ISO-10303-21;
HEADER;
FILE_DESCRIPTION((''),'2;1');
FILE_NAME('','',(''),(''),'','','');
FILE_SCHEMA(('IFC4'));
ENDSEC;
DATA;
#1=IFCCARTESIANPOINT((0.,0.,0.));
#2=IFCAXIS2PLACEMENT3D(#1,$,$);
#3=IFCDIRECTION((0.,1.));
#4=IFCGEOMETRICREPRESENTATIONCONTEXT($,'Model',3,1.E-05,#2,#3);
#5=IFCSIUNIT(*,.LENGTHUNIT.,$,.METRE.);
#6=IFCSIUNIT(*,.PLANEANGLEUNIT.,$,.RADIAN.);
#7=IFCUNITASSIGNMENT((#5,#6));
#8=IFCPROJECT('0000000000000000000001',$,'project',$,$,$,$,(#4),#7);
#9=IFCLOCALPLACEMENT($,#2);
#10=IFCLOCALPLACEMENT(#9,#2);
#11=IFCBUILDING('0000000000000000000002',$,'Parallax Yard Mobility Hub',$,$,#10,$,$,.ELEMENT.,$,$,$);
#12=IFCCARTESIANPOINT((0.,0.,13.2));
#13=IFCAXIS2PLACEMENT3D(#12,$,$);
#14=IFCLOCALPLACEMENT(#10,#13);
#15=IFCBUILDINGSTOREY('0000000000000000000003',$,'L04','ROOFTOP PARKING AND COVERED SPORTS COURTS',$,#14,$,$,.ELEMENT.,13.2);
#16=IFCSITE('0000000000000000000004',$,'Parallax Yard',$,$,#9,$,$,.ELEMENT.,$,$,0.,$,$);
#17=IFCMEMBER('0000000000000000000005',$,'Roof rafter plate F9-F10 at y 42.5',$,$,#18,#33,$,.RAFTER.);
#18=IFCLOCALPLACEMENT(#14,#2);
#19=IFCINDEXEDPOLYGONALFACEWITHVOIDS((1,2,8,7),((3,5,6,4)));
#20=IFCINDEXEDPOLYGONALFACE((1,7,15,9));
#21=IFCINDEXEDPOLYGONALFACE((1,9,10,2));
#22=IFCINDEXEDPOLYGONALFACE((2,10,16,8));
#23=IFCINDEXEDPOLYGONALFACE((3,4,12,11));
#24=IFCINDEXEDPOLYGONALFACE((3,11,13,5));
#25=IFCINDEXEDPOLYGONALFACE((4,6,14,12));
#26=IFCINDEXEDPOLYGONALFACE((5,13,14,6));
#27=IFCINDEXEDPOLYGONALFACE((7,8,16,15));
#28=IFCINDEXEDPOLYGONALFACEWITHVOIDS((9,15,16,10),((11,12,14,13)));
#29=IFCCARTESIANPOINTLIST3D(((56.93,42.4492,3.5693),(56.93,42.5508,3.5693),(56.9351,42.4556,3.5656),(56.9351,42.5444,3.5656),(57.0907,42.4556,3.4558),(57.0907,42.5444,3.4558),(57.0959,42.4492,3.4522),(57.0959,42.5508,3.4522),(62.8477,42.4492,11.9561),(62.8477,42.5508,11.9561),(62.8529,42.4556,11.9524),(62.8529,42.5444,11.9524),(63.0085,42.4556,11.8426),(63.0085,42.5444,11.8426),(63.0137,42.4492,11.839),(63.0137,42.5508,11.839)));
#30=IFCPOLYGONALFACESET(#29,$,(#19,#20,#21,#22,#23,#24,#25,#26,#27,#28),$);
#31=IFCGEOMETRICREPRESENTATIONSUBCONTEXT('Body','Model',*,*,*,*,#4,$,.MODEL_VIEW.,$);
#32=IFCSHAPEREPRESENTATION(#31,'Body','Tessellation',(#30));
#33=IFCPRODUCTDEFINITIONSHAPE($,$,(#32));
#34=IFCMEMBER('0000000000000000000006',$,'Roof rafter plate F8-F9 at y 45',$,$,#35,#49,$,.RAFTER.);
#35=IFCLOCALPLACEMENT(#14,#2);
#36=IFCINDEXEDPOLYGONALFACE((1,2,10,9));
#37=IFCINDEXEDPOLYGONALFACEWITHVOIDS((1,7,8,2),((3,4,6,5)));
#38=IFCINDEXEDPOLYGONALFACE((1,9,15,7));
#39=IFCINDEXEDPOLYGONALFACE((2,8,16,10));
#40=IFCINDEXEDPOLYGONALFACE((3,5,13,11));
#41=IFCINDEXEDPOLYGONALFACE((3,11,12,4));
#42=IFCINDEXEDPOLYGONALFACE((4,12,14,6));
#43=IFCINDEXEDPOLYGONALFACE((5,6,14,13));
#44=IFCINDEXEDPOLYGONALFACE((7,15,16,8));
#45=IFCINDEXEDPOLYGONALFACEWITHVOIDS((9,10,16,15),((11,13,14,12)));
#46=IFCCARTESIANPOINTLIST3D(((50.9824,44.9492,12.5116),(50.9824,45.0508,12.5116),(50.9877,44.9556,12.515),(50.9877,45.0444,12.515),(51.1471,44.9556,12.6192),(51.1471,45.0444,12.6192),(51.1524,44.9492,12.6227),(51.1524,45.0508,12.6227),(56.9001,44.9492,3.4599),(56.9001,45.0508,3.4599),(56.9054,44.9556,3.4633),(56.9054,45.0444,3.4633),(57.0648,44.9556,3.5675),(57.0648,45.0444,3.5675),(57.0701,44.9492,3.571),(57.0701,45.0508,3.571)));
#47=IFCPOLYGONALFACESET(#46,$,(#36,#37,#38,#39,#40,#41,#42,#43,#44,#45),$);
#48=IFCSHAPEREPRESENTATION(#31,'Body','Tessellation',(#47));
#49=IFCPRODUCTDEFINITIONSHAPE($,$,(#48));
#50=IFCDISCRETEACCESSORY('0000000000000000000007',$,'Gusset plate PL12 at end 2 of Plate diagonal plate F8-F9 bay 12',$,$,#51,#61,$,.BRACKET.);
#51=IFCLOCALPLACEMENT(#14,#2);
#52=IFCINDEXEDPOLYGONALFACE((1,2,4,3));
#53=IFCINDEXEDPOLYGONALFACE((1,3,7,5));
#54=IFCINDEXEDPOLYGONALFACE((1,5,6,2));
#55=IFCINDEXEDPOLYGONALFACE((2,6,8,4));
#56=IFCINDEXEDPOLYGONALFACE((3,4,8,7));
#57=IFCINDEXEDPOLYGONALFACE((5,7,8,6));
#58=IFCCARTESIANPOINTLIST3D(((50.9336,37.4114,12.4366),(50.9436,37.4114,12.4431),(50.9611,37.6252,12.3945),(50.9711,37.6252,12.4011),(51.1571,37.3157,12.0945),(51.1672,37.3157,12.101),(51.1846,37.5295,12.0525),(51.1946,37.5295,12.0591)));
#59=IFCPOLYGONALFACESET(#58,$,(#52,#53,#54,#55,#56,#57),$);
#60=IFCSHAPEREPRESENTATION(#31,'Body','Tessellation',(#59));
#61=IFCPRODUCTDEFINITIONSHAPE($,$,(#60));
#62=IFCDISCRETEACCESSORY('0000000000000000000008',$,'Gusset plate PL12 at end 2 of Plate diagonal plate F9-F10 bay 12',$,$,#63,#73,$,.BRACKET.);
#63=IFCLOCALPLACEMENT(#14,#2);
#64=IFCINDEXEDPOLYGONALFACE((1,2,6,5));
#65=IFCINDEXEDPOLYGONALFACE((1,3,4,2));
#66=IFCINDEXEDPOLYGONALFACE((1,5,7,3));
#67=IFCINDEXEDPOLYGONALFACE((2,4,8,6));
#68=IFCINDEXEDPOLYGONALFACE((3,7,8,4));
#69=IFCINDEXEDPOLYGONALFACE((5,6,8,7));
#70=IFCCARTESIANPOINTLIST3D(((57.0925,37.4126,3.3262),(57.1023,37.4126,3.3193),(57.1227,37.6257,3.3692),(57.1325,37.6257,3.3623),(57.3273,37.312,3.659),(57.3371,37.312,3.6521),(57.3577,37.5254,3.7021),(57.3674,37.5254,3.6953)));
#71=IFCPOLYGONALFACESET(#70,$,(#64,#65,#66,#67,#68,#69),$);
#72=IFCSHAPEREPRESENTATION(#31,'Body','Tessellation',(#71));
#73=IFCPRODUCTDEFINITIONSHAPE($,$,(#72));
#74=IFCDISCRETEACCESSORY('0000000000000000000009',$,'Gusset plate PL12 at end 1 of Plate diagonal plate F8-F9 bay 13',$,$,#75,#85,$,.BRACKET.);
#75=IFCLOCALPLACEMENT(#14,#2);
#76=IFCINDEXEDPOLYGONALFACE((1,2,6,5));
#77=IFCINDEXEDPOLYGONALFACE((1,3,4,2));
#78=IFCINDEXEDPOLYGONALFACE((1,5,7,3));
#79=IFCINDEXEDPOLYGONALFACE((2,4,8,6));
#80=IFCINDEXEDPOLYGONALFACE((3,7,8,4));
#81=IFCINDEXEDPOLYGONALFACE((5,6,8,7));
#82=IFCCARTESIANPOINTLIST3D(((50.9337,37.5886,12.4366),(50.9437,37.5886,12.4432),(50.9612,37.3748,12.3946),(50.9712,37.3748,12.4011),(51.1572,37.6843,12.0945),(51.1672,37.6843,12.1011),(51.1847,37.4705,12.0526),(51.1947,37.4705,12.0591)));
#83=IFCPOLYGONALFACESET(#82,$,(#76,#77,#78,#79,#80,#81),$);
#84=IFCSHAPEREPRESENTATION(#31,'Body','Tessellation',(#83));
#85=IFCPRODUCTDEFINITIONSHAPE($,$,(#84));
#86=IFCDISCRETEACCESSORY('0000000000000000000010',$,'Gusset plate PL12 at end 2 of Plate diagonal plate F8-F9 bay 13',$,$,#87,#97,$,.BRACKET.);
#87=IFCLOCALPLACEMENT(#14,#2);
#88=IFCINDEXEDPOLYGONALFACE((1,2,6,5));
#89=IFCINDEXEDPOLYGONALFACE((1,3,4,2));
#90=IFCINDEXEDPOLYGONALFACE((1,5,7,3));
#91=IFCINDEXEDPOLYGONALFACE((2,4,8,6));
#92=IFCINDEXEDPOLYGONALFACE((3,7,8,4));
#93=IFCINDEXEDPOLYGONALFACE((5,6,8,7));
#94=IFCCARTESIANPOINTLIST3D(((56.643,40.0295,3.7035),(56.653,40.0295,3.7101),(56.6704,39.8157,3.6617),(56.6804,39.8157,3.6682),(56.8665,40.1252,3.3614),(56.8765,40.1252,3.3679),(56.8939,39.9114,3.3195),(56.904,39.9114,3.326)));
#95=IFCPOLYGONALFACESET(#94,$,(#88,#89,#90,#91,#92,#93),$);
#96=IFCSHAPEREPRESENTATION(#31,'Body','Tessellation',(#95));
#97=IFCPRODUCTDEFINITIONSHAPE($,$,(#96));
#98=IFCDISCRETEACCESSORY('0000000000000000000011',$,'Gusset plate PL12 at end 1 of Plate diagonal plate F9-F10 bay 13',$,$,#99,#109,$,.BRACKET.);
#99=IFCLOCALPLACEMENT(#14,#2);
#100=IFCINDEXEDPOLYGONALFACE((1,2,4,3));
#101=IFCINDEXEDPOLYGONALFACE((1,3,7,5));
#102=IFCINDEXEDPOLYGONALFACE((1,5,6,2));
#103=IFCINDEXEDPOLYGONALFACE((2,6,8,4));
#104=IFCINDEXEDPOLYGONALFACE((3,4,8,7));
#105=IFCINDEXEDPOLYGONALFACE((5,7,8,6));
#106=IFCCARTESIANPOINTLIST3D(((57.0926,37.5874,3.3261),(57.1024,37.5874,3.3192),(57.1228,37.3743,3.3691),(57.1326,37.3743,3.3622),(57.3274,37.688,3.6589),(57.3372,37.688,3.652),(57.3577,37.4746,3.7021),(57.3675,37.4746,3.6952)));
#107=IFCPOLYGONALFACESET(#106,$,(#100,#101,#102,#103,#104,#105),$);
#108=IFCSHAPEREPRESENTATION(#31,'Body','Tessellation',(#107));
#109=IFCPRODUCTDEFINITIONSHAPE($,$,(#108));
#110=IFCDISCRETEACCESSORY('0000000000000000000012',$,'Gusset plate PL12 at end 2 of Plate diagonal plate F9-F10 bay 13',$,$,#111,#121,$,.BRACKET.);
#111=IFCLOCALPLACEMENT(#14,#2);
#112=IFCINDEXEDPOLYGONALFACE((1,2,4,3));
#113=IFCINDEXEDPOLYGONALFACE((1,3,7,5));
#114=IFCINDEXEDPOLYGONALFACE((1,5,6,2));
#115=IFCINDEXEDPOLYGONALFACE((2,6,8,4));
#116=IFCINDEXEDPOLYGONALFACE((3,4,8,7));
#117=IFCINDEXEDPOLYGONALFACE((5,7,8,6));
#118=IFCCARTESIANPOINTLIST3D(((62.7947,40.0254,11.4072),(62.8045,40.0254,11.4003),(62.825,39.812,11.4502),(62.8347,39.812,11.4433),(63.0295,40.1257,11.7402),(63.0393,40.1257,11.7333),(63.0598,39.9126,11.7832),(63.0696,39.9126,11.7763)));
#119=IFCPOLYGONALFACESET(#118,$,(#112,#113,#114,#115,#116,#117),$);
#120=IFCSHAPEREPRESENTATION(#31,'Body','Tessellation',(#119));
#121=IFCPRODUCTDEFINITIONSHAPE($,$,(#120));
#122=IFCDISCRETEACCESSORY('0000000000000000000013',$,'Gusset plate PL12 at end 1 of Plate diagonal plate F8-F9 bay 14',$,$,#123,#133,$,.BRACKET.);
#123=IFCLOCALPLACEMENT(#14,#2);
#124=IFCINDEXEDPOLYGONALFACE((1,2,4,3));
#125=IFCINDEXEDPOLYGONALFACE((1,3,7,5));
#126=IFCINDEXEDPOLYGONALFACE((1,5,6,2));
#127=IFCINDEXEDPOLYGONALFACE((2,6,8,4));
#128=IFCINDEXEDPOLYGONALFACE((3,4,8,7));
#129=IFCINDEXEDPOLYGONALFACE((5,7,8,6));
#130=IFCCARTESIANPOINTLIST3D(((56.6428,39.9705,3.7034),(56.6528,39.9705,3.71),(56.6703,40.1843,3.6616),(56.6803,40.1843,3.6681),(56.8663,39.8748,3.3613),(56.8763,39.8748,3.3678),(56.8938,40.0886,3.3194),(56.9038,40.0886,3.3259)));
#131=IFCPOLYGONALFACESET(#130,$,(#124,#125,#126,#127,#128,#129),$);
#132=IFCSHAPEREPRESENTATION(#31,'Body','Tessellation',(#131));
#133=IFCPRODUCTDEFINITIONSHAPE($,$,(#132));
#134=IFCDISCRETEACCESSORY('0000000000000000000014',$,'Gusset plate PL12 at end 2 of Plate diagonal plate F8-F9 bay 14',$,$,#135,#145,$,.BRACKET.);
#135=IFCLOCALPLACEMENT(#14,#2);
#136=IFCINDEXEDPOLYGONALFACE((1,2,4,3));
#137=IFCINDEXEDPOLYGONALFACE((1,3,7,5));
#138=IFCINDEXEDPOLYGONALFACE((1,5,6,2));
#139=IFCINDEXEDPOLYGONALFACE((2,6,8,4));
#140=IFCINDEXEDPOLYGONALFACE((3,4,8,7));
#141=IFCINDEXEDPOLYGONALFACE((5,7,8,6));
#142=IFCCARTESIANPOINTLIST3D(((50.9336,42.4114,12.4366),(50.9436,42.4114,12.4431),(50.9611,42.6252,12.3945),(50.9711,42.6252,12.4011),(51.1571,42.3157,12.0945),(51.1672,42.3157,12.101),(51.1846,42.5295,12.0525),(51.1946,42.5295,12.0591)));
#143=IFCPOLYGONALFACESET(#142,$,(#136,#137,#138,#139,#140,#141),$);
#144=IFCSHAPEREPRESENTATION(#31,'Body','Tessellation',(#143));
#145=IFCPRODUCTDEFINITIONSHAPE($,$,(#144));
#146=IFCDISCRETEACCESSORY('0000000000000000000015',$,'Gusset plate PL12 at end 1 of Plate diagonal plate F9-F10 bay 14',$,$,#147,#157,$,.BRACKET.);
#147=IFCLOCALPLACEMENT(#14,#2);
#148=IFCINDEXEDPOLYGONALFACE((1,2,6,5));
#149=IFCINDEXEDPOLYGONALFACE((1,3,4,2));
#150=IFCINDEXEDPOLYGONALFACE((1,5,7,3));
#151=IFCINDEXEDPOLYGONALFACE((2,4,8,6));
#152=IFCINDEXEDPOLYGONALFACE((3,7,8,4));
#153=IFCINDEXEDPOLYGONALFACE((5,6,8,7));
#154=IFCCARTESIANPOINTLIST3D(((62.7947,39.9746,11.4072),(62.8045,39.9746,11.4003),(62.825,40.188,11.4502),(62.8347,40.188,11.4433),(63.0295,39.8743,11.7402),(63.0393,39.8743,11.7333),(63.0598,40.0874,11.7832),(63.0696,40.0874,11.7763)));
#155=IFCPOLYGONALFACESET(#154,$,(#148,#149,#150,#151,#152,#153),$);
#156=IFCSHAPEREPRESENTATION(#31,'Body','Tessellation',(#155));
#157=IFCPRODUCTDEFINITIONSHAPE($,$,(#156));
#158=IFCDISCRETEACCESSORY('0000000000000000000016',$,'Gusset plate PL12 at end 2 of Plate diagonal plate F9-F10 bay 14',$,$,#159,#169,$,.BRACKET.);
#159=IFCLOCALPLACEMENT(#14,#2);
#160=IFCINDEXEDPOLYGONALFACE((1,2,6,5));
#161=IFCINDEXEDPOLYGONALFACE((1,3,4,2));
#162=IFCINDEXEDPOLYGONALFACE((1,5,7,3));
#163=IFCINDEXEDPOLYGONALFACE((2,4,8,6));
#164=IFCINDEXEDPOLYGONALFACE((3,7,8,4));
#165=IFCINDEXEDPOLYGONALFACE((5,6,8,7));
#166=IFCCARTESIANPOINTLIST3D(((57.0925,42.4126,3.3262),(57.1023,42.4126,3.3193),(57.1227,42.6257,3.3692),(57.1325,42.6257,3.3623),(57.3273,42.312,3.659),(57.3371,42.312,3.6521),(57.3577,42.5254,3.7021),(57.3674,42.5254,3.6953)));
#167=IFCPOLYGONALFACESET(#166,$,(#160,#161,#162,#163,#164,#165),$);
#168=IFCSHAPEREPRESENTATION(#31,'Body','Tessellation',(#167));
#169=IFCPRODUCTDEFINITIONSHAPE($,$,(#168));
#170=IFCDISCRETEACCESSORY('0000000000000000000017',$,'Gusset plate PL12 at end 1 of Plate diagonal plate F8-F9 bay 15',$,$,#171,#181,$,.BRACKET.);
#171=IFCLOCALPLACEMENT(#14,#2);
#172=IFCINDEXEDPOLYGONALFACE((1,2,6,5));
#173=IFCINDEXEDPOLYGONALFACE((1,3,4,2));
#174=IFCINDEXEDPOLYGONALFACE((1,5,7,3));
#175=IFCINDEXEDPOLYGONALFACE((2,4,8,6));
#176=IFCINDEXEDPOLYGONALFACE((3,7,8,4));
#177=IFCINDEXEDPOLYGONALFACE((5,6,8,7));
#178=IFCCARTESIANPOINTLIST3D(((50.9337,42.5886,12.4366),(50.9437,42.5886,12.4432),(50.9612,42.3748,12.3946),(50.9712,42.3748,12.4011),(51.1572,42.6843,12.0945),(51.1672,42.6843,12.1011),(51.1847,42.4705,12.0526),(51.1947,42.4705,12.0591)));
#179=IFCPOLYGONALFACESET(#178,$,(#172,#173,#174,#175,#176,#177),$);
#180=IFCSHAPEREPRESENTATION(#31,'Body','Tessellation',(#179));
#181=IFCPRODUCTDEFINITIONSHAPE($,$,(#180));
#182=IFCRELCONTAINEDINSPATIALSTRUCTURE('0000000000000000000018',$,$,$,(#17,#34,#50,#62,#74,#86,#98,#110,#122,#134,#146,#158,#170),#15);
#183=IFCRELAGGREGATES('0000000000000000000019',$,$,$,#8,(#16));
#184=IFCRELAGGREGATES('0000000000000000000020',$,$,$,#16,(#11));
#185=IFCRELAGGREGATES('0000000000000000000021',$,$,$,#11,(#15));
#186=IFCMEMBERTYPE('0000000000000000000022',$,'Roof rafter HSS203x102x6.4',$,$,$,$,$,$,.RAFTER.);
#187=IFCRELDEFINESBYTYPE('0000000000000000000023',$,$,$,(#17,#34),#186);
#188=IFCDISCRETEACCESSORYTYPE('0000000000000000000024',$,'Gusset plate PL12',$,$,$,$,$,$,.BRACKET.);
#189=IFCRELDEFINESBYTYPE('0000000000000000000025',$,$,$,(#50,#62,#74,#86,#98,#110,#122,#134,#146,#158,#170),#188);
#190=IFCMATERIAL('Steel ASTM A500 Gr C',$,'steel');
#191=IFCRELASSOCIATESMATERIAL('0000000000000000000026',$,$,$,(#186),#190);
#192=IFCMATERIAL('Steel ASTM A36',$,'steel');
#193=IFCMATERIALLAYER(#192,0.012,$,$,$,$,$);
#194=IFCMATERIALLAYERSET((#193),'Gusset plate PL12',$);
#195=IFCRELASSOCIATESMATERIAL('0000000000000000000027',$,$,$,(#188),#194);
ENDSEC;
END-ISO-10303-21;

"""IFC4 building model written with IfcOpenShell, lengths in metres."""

from ifc_helpers import new_model, si_unit, direction, frame, origin, origin_2d, place, context, subcontext, project, spatial, polyline, hollow_rectangle, outline, extrude, material, layer, layer_set, material_profile, profile_set, type_object, element, save


model = new_model("IFC4")

# Units and contexts
model_context = context("Model", 3, precision=1e-05, world=origin(), true_north=direction((0.0, 1.0)))
body_context = subcontext(model_context, "Body", "Model", "MODEL_VIEW")
ifc_project = project(units=[si_unit("LENGTHUNIT", "METRE"), si_unit("PLANEANGLEUNIT", "RADIAN")], contexts=[model_context])

# Site, building, storey
site_placement = place(None, origin())
site = spatial("IfcSite", under=ifc_project, at=site_placement, Name="Parallax Yard", CompositionType="ELEMENT", RefElevation=0.0)
building_placement = place(site_placement, origin())
building = spatial("IfcBuilding", under=site, at=building_placement, Name="Parallax Yard Mobility Hub", CompositionType="ELEMENT")
storey_placement = place(building_placement, frame((0.0, 0.0, 13.2)))
storey = spatial("IfcBuildingStorey", under=building, at=storey_placement, Name="L04", Description="ROOFTOP PARKING AND COVERED SPORTS COURTS", CompositionType="ELEMENT", Elevation=13.2)

# Members
ifc_material_1 = material(Name="Steel ASTM A500 Gr C", Category="steel")
ifc_material_profile_1 = material_profile(ifc_material_1, hollow_rectangle(XDim=0.1016, YDim=0.2031, WallThickness=0.0063, at=origin_2d()), Name="HSS203x102x6.4")
ifc_profile_set_1 = profile_set([ifc_material_profile_1], Name="Steel ASTM A500 Gr C")
member_type_1 = type_object("IfcMemberType", Name="Roof rafter HSS203x102x6.4", PredefinedType="RAFTER", material=ifc_profile_set_1)
member_1_placement = place(storey_placement, frame((57.0129, 42.5, 3.5107), z_axis=(0.576533, 0.0, 0.817074), x_axis=(0.0, 1.0, 0.0)))
element("IfcMember", 1, at=member_1_placement, inside=storey, type_object=member_type_1, Name="Roof rafter plate F9-F10 at y 42.5", PredefinedType="RAFTER", context=body_context, shape_type="SweptSolid", body=[
    extrude(hollow_rectangle(XDim=0.1016, YDim=0.2031, WallThickness=0.0063, at=origin_2d()), origin(), (0.0, 0.0, 1.0), 10.2644),
])
member_2_placement = place(storey_placement, frame((51.0674, 45.0, 12.5671), z_axis=(0.547202, 0.0, -0.837001), x_axis=(0.0, 1.0, 0.0)))
element("IfcMember", 2, at=member_2_placement, inside=storey, type_object=member_type_1, Name="Roof rafter plate F8-F9 at y 45", PredefinedType="RAFTER", context=body_context, shape_type="SweptSolid", body=[
    extrude(hollow_rectangle(XDim=0.1016, YDim=0.2031, WallThickness=0.0063, at=origin_2d()), origin(), (0.0, 0.0, 1.0), 10.8145),
])

# Discrete accessories
ifc_material_2 = material(Name="Steel ASTM A36", Category="steel")
ifc_layer = layer(ifc_material_2, 0.012)
ifc_layer_set = layer_set([ifc_layer], Name="Gusset plate PL12")
discrete_accessory_type = type_object("IfcDiscreteAccessoryType", Name="Gusset plate PL12", PredefinedType="BRACKET", material=ifc_layer_set)
discrete_accessory_1_placement = place(storey_placement, frame((51.1946, 37.5295, 12.0591), z_axis=(0.837105, -0.000095, 0.547043), x_axis=(-0.532605, 0.228089, 0.815051)))
element("IfcDiscreteAccessory", 3, at=discrete_accessory_1_placement, inside=storey, type_object=discrete_accessory_type, Name="Gusset plate PL12 at end 2 of Plate diagonal plate F8-F9 bay 12", PredefinedType="BRACKET", context=body_context, shape_type="SweptSolid", body=[
    extrude(outline(polyline([(0.0, 0.0), (0.4196, 0.0), (0.4197, 0.2197), (0.0, 0.2197), (0.0, 0.0)])), origin(), (0.0, 0.0, -1.0), 0.012),
])
discrete_accessory_2_placement = place(storey_placement, frame((57.3577, 37.5254, 3.7021), z_axis=(-0.817167, -0.000465, 0.576401), x_axis=(-0.559774, 0.239096, -0.793401)))
element("IfcDiscreteAccessory", 4, at=discrete_accessory_2_placement, inside=storey, type_object=discrete_accessory_type, Name="Gusset plate PL12 at end 2 of Plate diagonal plate F9-F10 bay 12", PredefinedType="BRACKET", context=body_context, shape_type="SweptSolid", body=[
    extrude(outline(polyline([(0.0, 0.0), (0.4197, 0.0), (0.4197, 0.2195), (0.0002, 0.2198), (0.0, 0.0)])), origin(), (0.0, 0.0, -1.0), 0.012),
])
discrete_accessory_3_placement = place(storey_placement, frame((51.1672, 37.6843, 12.1011), z_axis=(0.837105, 0.000095, 0.547043), x_axis=(-0.532614, -0.228018, 0.815065)))
element("IfcDiscreteAccessory", 5, at=discrete_accessory_3_placement, inside=storey, type_object=discrete_accessory_type, Name="Gusset plate PL12 at end 1 of Plate diagonal plate F8-F9 bay 13", PredefinedType="BRACKET", context=body_context, shape_type="SweptSolid", body=[
    extrude(outline(polyline([(0.0, 0.0), (0.4197, 0.0), (0.4196, 0.2197), (0.0, 0.2197), (0.0, 0.0)])), origin(), (0.0, 0.0, -1.0), 0.012),
])
discrete_accessory_4_placement = place(storey_placement, frame((56.6804, 39.8157, 3.6682), z_axis=(0.837152, 0.000427, 0.546971), x_axis=(0.532485, 0.227981, -0.815159)))
element("IfcDiscreteAccessory", 6, at=discrete_accessory_4_placement, inside=storey, type_object=discrete_accessory_type, Name="Gusset plate PL12 at end 2 of Plate diagonal plate F8-F9 bay 13", PredefinedType="BRACKET", context=body_context, shape_type="SweptSolid", body=[
    extrude(outline(polyline([(0.0, 0.0), (0.4198, 0.0), (0.4198, 0.2197), (0.0, 0.2196), (0.0, 0.0)])), origin(), (0.0, 0.0, -1.0), 0.012),
])
discrete_accessory_5_placement = place(storey_placement, frame((57.3274, 37.688, 3.6589), z_axis=(-0.817167, 0.000465, 0.576401), x_axis=(-0.559681, -0.239756, -0.793268)))
element("IfcDiscreteAccessory", 7, at=discrete_accessory_5_placement, inside=storey, type_object=discrete_accessory_type, Name="Gusset plate PL12 at end 1 of Plate diagonal plate F9-F10 bay 13", PredefinedType="BRACKET", context=body_context, shape_type="SweptSolid", body=[
    extrude(outline(polyline([(0.0, 0.0), (0.4195, 0.0), (0.4196, 0.2195), (-0.0001, 0.2198), (0.0, 0.0)])), origin(), (0.0, 0.0, -1.0), 0.012),
])
discrete_accessory_6_placement = place(storey_placement, frame((62.825, 39.812, 11.4502), z_axis=(-0.817216, 0.000114, 0.576331), x_axis=(0.559559, 0.239645, 0.793388)))
element("IfcDiscreteAccessory", 8, at=discrete_accessory_6_placement, inside=storey, type_object=discrete_accessory_type, Name="Gusset plate PL12 at end 2 of Plate diagonal plate F9-F10 bay 13", PredefinedType="BRACKET", context=body_context, shape_type="SweptSolid", body=[
    extrude(outline(polyline([(0.0, 0.0), (0.4197, 0.0), (0.4198, 0.2195), (0.0001, 0.2198), (0.0, 0.0)])), origin(), (0.0, 0.0, -1.0), 0.012),
])
discrete_accessory_7_placement = place(storey_placement, frame((56.6528, 39.9705, 3.71), z_axis=(0.837152, -0.000427, 0.546971), x_axis=(0.532481, -0.228018, -0.815152)))
element("IfcDiscreteAccessory", 9, at=discrete_accessory_7_placement, inside=storey, type_object=discrete_accessory_type, Name="Gusset plate PL12 at end 1 of Plate diagonal plate F8-F9 bay 14", PredefinedType="BRACKET", context=body_context, shape_type="SweptSolid", body=[
    extrude(outline(polyline([(0.0, 0.0), (0.4197, 0.0), (0.4197, 0.2197), (0.0, 0.2196), (0.0, 0.0)])), origin(), (0.0, 0.0, -1.0), 0.012),
])
discrete_accessory_8_placement = place(storey_placement, frame((51.1946, 42.5295, 12.0591), z_axis=(0.837105, -0.000095, 0.547043), x_axis=(-0.532605, 0.228089, 0.815051)))
element("IfcDiscreteAccessory", 10, at=discrete_accessory_8_placement, inside=storey, type_object=discrete_accessory_type, Name="Gusset plate PL12 at end 2 of Plate diagonal plate F8-F9 bay 14", PredefinedType="BRACKET", context=body_context, shape_type="SweptSolid", body=[
    extrude(outline(polyline([(0.0, 0.0), (0.4196, 0.0), (0.4197, 0.2197), (0.0, 0.2197), (0.0, 0.0)])), origin(), (0.0, 0.0, -1.0), 0.012),
])
discrete_accessory_9_placement = place(storey_placement, frame((62.7947, 39.9746, 11.4072), z_axis=(-0.817216, -0.000114, 0.576331), x_axis=(0.559637, -0.239097, 0.793498)))
element("IfcDiscreteAccessory", 11, at=discrete_accessory_9_placement, inside=storey, type_object=discrete_accessory_type, Name="Gusset plate PL12 at end 1 of Plate diagonal plate F9-F10 bay 14", PredefinedType="BRACKET", context=body_context, shape_type="SweptSolid", body=[
    extrude(outline(polyline([(0.0, 0.0), (0.4197, 0.0), (0.4197, 0.2195), (0.0, 0.2198), (0.0, 0.0)])), origin(), (0.0, 0.0, -1.0), 0.012),
])
discrete_accessory_10_placement = place(storey_placement, frame((57.3577, 42.5254, 3.7021), z_axis=(-0.817167, -0.000465, 0.576401), x_axis=(-0.559774, 0.239096, -0.793401)))
element("IfcDiscreteAccessory", 12, at=discrete_accessory_10_placement, inside=storey, type_object=discrete_accessory_type, Name="Gusset plate PL12 at end 2 of Plate diagonal plate F9-F10 bay 14", PredefinedType="BRACKET", context=body_context, shape_type="SweptSolid", body=[
    extrude(outline(polyline([(0.0, 0.0), (0.4197, 0.0), (0.4197, 0.2195), (0.0002, 0.2198), (0.0, 0.0)])), origin(), (0.0, 0.0, -1.0), 0.012),
])
discrete_accessory_11_placement = place(storey_placement, frame((51.1672, 42.6843, 12.1011), z_axis=(0.837105, 0.000095, 0.547043), x_axis=(-0.532614, -0.228018, 0.815065)))
element("IfcDiscreteAccessory", 13, at=discrete_accessory_11_placement, inside=storey, type_object=discrete_accessory_type, Name="Gusset plate PL12 at end 1 of Plate diagonal plate F8-F9 bay 15", PredefinedType="BRACKET", context=body_context, shape_type="SweptSolid", body=[
    extrude(outline(polyline([(0.0, 0.0), (0.4197, 0.0), (0.4196, 0.2197), (0.0, 0.2197), (0.0, 0.0)])), origin(), (0.0, 0.0, -1.0), 0.012),
])

save(model, "model.ifc")
